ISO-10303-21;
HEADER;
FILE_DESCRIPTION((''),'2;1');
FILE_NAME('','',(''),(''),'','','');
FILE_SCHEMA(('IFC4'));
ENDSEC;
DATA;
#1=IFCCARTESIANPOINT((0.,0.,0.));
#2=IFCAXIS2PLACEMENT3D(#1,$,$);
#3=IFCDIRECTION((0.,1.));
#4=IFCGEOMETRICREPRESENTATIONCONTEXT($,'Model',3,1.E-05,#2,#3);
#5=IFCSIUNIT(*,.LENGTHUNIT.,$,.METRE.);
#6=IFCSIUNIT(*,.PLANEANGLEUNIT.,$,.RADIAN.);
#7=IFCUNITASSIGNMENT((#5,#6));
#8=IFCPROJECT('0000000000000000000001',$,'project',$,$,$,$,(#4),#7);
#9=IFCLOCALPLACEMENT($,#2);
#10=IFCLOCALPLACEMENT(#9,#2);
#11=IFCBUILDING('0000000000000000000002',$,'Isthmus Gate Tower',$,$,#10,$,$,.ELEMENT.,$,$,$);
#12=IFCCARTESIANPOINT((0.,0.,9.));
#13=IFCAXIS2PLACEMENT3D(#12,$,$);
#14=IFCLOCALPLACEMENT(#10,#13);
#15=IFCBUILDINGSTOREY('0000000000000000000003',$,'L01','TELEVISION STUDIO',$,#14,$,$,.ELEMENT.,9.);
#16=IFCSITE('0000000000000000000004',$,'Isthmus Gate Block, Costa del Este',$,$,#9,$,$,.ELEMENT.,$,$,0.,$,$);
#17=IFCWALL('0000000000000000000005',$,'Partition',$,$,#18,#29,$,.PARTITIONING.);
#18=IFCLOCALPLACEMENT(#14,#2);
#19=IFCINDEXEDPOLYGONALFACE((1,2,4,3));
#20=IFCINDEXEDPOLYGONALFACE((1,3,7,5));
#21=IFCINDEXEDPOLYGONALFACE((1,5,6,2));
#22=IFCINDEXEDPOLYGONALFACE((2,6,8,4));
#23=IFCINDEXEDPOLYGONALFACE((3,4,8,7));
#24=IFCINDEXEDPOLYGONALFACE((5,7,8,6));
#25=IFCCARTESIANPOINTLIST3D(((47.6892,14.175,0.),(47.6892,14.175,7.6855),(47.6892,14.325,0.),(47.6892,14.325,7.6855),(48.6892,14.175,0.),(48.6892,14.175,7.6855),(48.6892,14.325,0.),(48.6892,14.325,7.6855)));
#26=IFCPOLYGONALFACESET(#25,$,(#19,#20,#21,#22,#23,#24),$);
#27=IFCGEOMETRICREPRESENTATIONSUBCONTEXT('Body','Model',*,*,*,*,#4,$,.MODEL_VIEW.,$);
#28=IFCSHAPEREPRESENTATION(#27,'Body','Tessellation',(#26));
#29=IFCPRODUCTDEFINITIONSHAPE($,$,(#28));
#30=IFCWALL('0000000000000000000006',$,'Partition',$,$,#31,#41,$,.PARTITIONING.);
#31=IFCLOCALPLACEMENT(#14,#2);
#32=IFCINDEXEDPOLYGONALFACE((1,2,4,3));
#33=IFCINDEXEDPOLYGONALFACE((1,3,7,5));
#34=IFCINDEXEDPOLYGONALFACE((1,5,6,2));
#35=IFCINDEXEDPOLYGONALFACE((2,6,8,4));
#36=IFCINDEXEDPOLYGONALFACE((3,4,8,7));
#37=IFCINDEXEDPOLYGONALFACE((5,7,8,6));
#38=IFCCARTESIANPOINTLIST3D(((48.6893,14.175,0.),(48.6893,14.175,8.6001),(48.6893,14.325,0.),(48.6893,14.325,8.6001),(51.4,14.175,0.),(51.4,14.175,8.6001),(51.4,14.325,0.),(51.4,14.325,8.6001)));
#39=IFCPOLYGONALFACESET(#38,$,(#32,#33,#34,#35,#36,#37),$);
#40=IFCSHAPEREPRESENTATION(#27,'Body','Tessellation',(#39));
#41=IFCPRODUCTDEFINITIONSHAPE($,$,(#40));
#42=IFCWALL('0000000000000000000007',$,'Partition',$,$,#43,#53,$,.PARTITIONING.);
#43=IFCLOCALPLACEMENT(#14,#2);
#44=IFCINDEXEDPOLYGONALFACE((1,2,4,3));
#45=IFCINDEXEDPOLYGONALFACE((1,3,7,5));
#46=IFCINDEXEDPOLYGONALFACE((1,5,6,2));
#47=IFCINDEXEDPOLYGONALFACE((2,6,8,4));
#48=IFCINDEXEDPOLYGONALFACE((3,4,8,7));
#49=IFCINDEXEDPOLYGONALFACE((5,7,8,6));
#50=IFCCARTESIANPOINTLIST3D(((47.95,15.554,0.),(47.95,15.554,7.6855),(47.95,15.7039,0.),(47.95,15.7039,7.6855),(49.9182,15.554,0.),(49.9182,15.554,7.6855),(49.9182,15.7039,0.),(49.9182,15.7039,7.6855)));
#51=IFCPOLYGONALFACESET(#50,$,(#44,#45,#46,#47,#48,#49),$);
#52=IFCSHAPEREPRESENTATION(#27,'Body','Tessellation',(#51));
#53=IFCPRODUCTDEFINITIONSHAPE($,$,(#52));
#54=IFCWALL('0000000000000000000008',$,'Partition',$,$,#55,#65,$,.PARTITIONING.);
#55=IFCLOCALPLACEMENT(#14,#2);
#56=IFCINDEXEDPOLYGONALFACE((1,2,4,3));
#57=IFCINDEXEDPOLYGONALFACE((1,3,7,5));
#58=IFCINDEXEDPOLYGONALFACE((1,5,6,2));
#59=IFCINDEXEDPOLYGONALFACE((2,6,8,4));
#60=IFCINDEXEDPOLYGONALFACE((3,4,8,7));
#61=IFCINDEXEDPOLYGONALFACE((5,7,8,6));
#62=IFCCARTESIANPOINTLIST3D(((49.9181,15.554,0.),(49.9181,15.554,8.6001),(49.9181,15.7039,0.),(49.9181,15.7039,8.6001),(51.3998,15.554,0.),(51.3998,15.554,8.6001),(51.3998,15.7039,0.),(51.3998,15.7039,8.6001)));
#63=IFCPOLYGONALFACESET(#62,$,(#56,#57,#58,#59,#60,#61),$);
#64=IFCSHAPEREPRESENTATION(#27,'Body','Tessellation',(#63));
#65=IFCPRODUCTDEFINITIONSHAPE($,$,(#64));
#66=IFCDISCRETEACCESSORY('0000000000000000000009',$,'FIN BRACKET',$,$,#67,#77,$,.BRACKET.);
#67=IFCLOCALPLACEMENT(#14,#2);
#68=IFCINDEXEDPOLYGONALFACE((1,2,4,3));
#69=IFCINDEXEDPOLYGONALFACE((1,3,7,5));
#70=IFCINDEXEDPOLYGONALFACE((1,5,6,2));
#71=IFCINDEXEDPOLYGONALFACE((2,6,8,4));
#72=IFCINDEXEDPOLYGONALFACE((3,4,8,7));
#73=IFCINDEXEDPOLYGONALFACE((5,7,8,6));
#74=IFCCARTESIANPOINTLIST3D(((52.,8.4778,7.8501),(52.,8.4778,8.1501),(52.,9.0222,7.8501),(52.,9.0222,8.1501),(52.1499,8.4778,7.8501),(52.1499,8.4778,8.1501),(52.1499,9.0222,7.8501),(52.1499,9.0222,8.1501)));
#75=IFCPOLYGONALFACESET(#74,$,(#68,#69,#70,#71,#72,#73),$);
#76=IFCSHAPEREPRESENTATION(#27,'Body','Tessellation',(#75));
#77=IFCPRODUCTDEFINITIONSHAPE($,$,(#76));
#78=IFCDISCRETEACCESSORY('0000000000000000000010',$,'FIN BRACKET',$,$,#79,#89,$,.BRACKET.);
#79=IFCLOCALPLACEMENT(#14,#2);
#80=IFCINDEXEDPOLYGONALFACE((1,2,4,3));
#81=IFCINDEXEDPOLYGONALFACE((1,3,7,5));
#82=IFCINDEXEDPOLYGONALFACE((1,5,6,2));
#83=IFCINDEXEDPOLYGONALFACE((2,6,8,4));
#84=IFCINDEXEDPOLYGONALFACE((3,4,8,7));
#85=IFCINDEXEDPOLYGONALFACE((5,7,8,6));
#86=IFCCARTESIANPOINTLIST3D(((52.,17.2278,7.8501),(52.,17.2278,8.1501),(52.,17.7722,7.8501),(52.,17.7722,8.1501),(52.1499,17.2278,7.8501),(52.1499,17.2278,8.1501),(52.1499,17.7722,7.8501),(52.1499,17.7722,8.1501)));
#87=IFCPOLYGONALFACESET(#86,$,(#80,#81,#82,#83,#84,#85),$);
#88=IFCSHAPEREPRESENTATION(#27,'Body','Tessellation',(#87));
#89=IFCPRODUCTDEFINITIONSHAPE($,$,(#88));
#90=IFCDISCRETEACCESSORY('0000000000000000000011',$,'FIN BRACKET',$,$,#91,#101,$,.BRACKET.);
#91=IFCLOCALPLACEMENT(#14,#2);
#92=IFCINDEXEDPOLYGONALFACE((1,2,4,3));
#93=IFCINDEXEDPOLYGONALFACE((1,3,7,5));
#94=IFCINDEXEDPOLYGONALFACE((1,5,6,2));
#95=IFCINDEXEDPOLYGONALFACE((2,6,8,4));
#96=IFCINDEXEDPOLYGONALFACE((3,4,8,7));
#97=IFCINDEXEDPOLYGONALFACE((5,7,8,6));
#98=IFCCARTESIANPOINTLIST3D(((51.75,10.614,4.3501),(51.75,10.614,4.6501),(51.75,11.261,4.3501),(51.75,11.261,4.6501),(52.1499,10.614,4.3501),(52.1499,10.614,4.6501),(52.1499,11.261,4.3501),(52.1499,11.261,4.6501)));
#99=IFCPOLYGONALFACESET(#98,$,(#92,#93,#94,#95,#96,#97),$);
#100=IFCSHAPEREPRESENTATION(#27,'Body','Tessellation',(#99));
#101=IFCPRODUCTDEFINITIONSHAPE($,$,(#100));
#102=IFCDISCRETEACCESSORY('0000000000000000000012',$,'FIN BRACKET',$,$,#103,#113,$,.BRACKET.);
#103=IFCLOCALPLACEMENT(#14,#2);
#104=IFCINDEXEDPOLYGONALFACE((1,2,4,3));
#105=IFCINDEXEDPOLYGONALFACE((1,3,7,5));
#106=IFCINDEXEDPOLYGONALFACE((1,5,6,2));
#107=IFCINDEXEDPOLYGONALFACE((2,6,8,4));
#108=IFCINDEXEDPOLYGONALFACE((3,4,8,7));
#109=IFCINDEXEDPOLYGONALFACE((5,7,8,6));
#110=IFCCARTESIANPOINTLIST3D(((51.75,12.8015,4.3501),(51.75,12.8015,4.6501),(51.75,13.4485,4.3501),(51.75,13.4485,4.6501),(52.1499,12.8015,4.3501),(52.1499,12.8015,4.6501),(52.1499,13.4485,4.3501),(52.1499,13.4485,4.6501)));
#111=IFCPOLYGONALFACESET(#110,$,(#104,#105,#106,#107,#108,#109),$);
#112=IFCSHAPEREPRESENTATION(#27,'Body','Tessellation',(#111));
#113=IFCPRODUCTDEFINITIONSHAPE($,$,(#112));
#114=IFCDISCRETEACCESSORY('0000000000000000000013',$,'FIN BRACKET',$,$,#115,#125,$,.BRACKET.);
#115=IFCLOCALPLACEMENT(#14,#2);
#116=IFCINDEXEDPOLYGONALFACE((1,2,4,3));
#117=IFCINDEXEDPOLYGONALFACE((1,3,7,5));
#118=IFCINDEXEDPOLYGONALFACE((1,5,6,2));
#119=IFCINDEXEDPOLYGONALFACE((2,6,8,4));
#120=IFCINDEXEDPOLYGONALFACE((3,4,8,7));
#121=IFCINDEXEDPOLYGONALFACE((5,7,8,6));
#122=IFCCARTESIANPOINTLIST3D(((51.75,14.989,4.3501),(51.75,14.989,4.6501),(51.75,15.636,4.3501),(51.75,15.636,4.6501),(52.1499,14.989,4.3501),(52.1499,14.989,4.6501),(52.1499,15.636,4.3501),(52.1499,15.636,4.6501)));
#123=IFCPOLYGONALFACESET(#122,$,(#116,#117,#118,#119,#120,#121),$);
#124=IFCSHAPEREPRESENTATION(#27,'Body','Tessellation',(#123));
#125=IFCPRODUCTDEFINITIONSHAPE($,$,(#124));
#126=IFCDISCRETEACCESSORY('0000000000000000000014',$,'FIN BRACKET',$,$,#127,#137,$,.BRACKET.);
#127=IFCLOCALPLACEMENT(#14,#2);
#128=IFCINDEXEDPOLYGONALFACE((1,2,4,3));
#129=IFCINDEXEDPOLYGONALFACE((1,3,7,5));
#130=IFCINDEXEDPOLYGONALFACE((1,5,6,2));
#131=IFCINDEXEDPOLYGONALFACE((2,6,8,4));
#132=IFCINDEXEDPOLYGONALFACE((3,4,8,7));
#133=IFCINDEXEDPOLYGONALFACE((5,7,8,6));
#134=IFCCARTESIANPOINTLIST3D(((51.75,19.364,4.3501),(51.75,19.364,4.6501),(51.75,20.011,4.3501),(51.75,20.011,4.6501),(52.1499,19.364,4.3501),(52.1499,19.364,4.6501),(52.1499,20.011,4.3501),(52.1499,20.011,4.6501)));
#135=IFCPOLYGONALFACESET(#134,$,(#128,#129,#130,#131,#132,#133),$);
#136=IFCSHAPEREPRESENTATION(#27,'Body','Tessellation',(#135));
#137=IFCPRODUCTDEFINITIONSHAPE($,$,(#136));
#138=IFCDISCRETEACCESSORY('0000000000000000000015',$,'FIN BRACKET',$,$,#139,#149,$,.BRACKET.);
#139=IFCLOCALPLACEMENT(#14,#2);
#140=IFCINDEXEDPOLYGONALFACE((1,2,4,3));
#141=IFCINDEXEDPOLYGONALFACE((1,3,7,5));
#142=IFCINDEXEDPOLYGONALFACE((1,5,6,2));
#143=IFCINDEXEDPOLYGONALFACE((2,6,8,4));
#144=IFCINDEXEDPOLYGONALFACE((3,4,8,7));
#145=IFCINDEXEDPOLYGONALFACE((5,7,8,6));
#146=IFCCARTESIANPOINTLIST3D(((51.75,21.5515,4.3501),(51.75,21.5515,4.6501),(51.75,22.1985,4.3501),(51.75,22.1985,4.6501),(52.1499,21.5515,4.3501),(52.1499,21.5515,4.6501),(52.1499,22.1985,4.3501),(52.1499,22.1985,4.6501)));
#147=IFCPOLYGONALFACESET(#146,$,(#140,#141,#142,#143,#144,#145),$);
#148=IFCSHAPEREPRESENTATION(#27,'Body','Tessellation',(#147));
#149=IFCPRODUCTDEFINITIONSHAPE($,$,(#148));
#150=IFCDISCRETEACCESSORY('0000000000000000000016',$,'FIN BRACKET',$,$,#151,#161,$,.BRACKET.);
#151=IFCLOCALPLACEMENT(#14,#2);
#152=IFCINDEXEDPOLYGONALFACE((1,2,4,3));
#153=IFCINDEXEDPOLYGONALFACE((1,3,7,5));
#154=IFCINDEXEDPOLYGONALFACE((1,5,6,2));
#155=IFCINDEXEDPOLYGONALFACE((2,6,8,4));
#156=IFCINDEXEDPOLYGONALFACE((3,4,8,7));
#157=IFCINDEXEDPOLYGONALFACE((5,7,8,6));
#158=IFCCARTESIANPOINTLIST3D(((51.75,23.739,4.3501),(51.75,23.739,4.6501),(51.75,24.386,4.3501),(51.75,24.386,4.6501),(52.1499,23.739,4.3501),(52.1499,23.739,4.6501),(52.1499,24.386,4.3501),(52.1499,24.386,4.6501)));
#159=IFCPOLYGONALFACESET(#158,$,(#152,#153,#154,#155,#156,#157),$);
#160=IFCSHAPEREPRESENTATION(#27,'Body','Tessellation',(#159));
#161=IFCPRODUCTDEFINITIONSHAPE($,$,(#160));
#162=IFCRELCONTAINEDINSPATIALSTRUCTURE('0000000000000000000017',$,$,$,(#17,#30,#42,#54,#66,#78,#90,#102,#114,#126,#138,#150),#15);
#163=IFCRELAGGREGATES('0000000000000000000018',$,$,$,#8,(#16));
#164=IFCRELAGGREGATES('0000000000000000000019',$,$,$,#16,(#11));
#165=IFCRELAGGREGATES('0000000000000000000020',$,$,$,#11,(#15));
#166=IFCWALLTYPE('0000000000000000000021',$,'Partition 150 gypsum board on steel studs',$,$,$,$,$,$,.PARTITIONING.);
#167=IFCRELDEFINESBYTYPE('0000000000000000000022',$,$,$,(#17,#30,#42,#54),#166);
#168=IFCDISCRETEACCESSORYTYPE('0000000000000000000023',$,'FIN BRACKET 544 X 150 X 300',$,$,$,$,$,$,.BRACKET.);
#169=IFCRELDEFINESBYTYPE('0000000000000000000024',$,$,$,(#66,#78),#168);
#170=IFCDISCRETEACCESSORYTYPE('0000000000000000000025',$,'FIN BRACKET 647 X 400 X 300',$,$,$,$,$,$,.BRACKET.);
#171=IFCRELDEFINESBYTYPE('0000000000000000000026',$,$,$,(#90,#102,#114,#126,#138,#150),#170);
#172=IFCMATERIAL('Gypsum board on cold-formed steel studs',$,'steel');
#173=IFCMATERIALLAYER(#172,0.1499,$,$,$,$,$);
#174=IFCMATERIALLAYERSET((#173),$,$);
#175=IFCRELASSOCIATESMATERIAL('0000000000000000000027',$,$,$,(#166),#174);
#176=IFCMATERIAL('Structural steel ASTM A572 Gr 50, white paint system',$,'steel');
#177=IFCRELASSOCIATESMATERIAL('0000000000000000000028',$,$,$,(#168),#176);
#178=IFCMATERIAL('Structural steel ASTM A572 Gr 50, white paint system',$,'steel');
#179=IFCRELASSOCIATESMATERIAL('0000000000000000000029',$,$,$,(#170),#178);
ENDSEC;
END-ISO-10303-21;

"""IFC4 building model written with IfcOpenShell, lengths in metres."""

from ifc_helpers import new_model, si_unit, direction, frame, frame_2d, origin, origin_2d, place, context, subcontext, project, spatial, rectangle, extrude, material, layer, layer_set, type_object, element, save


model = new_model("IFC4")

# Units and contexts
model_context = context("Model", 3, precision=1e-05, world=origin(), true_north=direction((0.0, 1.0)))
body_context = subcontext(model_context, "Body", "Model", "MODEL_VIEW")
ifc_project = project(units=[si_unit("LENGTHUNIT", "METRE"), si_unit("PLANEANGLEUNIT", "RADIAN")], contexts=[model_context])

# Site, building, storey
site_placement = place(None, origin())
site = spatial("IfcSite", under=ifc_project, at=site_placement, Name="Isthmus Gate Block, Costa del Este", CompositionType="ELEMENT", RefElevation=0.0)
building_placement = place(site_placement, origin())
building = spatial("IfcBuilding", under=site, at=building_placement, Name="Isthmus Gate Tower", CompositionType="ELEMENT")
storey_placement = place(building_placement, frame((0.0, 0.0, 9.0)))
storey = spatial("IfcBuildingStorey", under=building, at=storey_placement, Name="L01", Description="TELEVISION STUDIO", CompositionType="ELEMENT", Elevation=9.0)

# Walls
ifc_material_1 = material(Name="Gypsum board on cold-formed steel studs", Category="steel")
ifc_layer_1 = layer(ifc_material_1, 0.1499)
ifc_layer_set_1 = layer_set([ifc_layer_1])
wall_type_1 = type_object("IfcWallType", Name="Partition 150 gypsum board on steel studs", PredefinedType="PARTITIONING", material=ifc_layer_set_1)
wall_1_placement = place(storey_placement, frame((47.6892, 14.25, 0.0), z_axis=(0.0, 0.0, 1.0), x_axis=(1.0, 0.0, 0.0)))
element("IfcWall", 1, at=wall_1_placement, inside=storey, type_object=wall_type_1, Name="Partition", PredefinedType="PARTITIONING", context=body_context, shape_type="SweptSolid", body=[
    extrude(rectangle(XDim=1.0, YDim=0.1499, at=frame_2d((0.5, 0.0))), origin(), (0.0, 0.0, 1.0), 7.6855),
])
wall_2_placement = place(storey_placement, frame((48.6892, 14.25, 0.0), z_axis=(0.0, 0.0, 1.0), x_axis=(1.0, 0.0, 0.0)))
element("IfcWall", 2, at=wall_2_placement, inside=storey, type_object=wall_type_1, Name="Partition", PredefinedType="PARTITIONING", context=body_context, shape_type="SweptSolid", body=[
    extrude(rectangle(XDim=2.7107, YDim=0.1499, at=frame_2d((1.3555, 0.0))), origin(), (0.0, 0.0, 1.0), 8.6001),
])
wall_3_placement = place(storey_placement, frame((47.95, 15.6289, 0.0), z_axis=(0.0, 0.0, 1.0), x_axis=(1.0, 0.0, 0.0)))
element("IfcWall", 3, at=wall_3_placement, inside=storey, type_object=wall_type_1, Name="Partition", PredefinedType="PARTITIONING", context=body_context, shape_type="SweptSolid", body=[
    extrude(rectangle(XDim=1.9683, YDim=0.1499, at=frame_2d((0.9841, 0.0))), origin(), (0.0, 0.0, 1.0), 7.6855),
])
wall_4_placement = place(storey_placement, frame((49.9182, 15.6289, 0.0), z_axis=(0.0, 0.0, 1.0), x_axis=(1.0, 0.0, 0.0)))
element("IfcWall", 4, at=wall_4_placement, inside=storey, type_object=wall_type_1, Name="Partition", PredefinedType="PARTITIONING", context=body_context, shape_type="SweptSolid", body=[
    extrude(rectangle(XDim=1.4817, YDim=0.1499, at=frame_2d((0.7407, 0.0))), origin(), (0.0, 0.0, 1.0), 8.6001),
])

# Discrete accessories
ifc_material_2 = material(Name="Structural steel ASTM A572 Gr 50, white paint system", Category="steel")
discrete_accessory_type_1 = type_object("IfcDiscreteAccessoryType", Name="FIN BRACKET 544 X 150 X 300", PredefinedType="BRACKET", material=ifc_material_2)
for number, where, z_axis, x_axis, name in (
    (5, (52.075, 8.75, 7.8501), (0.0, 0.0, 1.0), (1.0, 0.0, 0.0), "FIN BRACKET"),
    (6, (52.075, 17.5, 7.8501), (0.0, 0.0, 1.0), (1.0, 0.0, 0.0), "FIN BRACKET"),
):
    element("IfcDiscreteAccessory", number, at=place(storey_placement, frame(where, z_axis=z_axis, x_axis=x_axis)), inside=storey, type_object=discrete_accessory_type_1, Name=name, PredefinedType="BRACKET", context=body_context, shape_type="SweptSolid", body=[
        extrude(rectangle(XDim=0.1499, YDim=0.5444, at=origin_2d()), origin(), (0.0, 0.0, 1.0), 0.3),
    ])
ifc_material_3 = material(Name="Structural steel ASTM A572 Gr 50, white paint system", Category="steel")
discrete_accessory_type_2 = type_object("IfcDiscreteAccessoryType", Name="FIN BRACKET 647 X 400 X 300", PredefinedType="BRACKET", material=ifc_material_3)
for number, where, z_axis, x_axis, name in (
    (7, (51.95, 10.9375, 4.3501), (0.0, 0.0, 1.0), (1.0, 0.0, 0.0), "FIN BRACKET"),
    (8, (51.95, 13.125, 4.3501), (0.0, 0.0, 1.0), (1.0, 0.0, 0.0), "FIN BRACKET"),
    (9, (51.95, 15.3125, 4.3501), (0.0, 0.0, 1.0), (1.0, 0.0, 0.0), "FIN BRACKET"),
    (10, (51.95, 19.6875, 4.3501), (0.0, 0.0, 1.0), (1.0, 0.0, 0.0), "FIN BRACKET"),
    (11, (51.95, 21.875, 4.3501), (0.0, 0.0, 1.0), (1.0, 0.0, 0.0), "FIN BRACKET"),
    (12, (51.95, 24.0625, 4.3501), (0.0, 0.0, 1.0), (1.0, 0.0, 0.0), "FIN BRACKET"),
):
    element("IfcDiscreteAccessory", number, at=place(storey_placement, frame(where, z_axis=z_axis, x_axis=x_axis)), inside=storey, type_object=discrete_accessory_type_2, Name=name, PredefinedType="BRACKET", context=body_context, shape_type="SweptSolid", body=[
        extrude(rectangle(XDim=0.3999, YDim=0.647, at=origin_2d()), origin(), (0.0, 0.0, 1.0), 0.3),
    ])

save(model, "model.ifc")
